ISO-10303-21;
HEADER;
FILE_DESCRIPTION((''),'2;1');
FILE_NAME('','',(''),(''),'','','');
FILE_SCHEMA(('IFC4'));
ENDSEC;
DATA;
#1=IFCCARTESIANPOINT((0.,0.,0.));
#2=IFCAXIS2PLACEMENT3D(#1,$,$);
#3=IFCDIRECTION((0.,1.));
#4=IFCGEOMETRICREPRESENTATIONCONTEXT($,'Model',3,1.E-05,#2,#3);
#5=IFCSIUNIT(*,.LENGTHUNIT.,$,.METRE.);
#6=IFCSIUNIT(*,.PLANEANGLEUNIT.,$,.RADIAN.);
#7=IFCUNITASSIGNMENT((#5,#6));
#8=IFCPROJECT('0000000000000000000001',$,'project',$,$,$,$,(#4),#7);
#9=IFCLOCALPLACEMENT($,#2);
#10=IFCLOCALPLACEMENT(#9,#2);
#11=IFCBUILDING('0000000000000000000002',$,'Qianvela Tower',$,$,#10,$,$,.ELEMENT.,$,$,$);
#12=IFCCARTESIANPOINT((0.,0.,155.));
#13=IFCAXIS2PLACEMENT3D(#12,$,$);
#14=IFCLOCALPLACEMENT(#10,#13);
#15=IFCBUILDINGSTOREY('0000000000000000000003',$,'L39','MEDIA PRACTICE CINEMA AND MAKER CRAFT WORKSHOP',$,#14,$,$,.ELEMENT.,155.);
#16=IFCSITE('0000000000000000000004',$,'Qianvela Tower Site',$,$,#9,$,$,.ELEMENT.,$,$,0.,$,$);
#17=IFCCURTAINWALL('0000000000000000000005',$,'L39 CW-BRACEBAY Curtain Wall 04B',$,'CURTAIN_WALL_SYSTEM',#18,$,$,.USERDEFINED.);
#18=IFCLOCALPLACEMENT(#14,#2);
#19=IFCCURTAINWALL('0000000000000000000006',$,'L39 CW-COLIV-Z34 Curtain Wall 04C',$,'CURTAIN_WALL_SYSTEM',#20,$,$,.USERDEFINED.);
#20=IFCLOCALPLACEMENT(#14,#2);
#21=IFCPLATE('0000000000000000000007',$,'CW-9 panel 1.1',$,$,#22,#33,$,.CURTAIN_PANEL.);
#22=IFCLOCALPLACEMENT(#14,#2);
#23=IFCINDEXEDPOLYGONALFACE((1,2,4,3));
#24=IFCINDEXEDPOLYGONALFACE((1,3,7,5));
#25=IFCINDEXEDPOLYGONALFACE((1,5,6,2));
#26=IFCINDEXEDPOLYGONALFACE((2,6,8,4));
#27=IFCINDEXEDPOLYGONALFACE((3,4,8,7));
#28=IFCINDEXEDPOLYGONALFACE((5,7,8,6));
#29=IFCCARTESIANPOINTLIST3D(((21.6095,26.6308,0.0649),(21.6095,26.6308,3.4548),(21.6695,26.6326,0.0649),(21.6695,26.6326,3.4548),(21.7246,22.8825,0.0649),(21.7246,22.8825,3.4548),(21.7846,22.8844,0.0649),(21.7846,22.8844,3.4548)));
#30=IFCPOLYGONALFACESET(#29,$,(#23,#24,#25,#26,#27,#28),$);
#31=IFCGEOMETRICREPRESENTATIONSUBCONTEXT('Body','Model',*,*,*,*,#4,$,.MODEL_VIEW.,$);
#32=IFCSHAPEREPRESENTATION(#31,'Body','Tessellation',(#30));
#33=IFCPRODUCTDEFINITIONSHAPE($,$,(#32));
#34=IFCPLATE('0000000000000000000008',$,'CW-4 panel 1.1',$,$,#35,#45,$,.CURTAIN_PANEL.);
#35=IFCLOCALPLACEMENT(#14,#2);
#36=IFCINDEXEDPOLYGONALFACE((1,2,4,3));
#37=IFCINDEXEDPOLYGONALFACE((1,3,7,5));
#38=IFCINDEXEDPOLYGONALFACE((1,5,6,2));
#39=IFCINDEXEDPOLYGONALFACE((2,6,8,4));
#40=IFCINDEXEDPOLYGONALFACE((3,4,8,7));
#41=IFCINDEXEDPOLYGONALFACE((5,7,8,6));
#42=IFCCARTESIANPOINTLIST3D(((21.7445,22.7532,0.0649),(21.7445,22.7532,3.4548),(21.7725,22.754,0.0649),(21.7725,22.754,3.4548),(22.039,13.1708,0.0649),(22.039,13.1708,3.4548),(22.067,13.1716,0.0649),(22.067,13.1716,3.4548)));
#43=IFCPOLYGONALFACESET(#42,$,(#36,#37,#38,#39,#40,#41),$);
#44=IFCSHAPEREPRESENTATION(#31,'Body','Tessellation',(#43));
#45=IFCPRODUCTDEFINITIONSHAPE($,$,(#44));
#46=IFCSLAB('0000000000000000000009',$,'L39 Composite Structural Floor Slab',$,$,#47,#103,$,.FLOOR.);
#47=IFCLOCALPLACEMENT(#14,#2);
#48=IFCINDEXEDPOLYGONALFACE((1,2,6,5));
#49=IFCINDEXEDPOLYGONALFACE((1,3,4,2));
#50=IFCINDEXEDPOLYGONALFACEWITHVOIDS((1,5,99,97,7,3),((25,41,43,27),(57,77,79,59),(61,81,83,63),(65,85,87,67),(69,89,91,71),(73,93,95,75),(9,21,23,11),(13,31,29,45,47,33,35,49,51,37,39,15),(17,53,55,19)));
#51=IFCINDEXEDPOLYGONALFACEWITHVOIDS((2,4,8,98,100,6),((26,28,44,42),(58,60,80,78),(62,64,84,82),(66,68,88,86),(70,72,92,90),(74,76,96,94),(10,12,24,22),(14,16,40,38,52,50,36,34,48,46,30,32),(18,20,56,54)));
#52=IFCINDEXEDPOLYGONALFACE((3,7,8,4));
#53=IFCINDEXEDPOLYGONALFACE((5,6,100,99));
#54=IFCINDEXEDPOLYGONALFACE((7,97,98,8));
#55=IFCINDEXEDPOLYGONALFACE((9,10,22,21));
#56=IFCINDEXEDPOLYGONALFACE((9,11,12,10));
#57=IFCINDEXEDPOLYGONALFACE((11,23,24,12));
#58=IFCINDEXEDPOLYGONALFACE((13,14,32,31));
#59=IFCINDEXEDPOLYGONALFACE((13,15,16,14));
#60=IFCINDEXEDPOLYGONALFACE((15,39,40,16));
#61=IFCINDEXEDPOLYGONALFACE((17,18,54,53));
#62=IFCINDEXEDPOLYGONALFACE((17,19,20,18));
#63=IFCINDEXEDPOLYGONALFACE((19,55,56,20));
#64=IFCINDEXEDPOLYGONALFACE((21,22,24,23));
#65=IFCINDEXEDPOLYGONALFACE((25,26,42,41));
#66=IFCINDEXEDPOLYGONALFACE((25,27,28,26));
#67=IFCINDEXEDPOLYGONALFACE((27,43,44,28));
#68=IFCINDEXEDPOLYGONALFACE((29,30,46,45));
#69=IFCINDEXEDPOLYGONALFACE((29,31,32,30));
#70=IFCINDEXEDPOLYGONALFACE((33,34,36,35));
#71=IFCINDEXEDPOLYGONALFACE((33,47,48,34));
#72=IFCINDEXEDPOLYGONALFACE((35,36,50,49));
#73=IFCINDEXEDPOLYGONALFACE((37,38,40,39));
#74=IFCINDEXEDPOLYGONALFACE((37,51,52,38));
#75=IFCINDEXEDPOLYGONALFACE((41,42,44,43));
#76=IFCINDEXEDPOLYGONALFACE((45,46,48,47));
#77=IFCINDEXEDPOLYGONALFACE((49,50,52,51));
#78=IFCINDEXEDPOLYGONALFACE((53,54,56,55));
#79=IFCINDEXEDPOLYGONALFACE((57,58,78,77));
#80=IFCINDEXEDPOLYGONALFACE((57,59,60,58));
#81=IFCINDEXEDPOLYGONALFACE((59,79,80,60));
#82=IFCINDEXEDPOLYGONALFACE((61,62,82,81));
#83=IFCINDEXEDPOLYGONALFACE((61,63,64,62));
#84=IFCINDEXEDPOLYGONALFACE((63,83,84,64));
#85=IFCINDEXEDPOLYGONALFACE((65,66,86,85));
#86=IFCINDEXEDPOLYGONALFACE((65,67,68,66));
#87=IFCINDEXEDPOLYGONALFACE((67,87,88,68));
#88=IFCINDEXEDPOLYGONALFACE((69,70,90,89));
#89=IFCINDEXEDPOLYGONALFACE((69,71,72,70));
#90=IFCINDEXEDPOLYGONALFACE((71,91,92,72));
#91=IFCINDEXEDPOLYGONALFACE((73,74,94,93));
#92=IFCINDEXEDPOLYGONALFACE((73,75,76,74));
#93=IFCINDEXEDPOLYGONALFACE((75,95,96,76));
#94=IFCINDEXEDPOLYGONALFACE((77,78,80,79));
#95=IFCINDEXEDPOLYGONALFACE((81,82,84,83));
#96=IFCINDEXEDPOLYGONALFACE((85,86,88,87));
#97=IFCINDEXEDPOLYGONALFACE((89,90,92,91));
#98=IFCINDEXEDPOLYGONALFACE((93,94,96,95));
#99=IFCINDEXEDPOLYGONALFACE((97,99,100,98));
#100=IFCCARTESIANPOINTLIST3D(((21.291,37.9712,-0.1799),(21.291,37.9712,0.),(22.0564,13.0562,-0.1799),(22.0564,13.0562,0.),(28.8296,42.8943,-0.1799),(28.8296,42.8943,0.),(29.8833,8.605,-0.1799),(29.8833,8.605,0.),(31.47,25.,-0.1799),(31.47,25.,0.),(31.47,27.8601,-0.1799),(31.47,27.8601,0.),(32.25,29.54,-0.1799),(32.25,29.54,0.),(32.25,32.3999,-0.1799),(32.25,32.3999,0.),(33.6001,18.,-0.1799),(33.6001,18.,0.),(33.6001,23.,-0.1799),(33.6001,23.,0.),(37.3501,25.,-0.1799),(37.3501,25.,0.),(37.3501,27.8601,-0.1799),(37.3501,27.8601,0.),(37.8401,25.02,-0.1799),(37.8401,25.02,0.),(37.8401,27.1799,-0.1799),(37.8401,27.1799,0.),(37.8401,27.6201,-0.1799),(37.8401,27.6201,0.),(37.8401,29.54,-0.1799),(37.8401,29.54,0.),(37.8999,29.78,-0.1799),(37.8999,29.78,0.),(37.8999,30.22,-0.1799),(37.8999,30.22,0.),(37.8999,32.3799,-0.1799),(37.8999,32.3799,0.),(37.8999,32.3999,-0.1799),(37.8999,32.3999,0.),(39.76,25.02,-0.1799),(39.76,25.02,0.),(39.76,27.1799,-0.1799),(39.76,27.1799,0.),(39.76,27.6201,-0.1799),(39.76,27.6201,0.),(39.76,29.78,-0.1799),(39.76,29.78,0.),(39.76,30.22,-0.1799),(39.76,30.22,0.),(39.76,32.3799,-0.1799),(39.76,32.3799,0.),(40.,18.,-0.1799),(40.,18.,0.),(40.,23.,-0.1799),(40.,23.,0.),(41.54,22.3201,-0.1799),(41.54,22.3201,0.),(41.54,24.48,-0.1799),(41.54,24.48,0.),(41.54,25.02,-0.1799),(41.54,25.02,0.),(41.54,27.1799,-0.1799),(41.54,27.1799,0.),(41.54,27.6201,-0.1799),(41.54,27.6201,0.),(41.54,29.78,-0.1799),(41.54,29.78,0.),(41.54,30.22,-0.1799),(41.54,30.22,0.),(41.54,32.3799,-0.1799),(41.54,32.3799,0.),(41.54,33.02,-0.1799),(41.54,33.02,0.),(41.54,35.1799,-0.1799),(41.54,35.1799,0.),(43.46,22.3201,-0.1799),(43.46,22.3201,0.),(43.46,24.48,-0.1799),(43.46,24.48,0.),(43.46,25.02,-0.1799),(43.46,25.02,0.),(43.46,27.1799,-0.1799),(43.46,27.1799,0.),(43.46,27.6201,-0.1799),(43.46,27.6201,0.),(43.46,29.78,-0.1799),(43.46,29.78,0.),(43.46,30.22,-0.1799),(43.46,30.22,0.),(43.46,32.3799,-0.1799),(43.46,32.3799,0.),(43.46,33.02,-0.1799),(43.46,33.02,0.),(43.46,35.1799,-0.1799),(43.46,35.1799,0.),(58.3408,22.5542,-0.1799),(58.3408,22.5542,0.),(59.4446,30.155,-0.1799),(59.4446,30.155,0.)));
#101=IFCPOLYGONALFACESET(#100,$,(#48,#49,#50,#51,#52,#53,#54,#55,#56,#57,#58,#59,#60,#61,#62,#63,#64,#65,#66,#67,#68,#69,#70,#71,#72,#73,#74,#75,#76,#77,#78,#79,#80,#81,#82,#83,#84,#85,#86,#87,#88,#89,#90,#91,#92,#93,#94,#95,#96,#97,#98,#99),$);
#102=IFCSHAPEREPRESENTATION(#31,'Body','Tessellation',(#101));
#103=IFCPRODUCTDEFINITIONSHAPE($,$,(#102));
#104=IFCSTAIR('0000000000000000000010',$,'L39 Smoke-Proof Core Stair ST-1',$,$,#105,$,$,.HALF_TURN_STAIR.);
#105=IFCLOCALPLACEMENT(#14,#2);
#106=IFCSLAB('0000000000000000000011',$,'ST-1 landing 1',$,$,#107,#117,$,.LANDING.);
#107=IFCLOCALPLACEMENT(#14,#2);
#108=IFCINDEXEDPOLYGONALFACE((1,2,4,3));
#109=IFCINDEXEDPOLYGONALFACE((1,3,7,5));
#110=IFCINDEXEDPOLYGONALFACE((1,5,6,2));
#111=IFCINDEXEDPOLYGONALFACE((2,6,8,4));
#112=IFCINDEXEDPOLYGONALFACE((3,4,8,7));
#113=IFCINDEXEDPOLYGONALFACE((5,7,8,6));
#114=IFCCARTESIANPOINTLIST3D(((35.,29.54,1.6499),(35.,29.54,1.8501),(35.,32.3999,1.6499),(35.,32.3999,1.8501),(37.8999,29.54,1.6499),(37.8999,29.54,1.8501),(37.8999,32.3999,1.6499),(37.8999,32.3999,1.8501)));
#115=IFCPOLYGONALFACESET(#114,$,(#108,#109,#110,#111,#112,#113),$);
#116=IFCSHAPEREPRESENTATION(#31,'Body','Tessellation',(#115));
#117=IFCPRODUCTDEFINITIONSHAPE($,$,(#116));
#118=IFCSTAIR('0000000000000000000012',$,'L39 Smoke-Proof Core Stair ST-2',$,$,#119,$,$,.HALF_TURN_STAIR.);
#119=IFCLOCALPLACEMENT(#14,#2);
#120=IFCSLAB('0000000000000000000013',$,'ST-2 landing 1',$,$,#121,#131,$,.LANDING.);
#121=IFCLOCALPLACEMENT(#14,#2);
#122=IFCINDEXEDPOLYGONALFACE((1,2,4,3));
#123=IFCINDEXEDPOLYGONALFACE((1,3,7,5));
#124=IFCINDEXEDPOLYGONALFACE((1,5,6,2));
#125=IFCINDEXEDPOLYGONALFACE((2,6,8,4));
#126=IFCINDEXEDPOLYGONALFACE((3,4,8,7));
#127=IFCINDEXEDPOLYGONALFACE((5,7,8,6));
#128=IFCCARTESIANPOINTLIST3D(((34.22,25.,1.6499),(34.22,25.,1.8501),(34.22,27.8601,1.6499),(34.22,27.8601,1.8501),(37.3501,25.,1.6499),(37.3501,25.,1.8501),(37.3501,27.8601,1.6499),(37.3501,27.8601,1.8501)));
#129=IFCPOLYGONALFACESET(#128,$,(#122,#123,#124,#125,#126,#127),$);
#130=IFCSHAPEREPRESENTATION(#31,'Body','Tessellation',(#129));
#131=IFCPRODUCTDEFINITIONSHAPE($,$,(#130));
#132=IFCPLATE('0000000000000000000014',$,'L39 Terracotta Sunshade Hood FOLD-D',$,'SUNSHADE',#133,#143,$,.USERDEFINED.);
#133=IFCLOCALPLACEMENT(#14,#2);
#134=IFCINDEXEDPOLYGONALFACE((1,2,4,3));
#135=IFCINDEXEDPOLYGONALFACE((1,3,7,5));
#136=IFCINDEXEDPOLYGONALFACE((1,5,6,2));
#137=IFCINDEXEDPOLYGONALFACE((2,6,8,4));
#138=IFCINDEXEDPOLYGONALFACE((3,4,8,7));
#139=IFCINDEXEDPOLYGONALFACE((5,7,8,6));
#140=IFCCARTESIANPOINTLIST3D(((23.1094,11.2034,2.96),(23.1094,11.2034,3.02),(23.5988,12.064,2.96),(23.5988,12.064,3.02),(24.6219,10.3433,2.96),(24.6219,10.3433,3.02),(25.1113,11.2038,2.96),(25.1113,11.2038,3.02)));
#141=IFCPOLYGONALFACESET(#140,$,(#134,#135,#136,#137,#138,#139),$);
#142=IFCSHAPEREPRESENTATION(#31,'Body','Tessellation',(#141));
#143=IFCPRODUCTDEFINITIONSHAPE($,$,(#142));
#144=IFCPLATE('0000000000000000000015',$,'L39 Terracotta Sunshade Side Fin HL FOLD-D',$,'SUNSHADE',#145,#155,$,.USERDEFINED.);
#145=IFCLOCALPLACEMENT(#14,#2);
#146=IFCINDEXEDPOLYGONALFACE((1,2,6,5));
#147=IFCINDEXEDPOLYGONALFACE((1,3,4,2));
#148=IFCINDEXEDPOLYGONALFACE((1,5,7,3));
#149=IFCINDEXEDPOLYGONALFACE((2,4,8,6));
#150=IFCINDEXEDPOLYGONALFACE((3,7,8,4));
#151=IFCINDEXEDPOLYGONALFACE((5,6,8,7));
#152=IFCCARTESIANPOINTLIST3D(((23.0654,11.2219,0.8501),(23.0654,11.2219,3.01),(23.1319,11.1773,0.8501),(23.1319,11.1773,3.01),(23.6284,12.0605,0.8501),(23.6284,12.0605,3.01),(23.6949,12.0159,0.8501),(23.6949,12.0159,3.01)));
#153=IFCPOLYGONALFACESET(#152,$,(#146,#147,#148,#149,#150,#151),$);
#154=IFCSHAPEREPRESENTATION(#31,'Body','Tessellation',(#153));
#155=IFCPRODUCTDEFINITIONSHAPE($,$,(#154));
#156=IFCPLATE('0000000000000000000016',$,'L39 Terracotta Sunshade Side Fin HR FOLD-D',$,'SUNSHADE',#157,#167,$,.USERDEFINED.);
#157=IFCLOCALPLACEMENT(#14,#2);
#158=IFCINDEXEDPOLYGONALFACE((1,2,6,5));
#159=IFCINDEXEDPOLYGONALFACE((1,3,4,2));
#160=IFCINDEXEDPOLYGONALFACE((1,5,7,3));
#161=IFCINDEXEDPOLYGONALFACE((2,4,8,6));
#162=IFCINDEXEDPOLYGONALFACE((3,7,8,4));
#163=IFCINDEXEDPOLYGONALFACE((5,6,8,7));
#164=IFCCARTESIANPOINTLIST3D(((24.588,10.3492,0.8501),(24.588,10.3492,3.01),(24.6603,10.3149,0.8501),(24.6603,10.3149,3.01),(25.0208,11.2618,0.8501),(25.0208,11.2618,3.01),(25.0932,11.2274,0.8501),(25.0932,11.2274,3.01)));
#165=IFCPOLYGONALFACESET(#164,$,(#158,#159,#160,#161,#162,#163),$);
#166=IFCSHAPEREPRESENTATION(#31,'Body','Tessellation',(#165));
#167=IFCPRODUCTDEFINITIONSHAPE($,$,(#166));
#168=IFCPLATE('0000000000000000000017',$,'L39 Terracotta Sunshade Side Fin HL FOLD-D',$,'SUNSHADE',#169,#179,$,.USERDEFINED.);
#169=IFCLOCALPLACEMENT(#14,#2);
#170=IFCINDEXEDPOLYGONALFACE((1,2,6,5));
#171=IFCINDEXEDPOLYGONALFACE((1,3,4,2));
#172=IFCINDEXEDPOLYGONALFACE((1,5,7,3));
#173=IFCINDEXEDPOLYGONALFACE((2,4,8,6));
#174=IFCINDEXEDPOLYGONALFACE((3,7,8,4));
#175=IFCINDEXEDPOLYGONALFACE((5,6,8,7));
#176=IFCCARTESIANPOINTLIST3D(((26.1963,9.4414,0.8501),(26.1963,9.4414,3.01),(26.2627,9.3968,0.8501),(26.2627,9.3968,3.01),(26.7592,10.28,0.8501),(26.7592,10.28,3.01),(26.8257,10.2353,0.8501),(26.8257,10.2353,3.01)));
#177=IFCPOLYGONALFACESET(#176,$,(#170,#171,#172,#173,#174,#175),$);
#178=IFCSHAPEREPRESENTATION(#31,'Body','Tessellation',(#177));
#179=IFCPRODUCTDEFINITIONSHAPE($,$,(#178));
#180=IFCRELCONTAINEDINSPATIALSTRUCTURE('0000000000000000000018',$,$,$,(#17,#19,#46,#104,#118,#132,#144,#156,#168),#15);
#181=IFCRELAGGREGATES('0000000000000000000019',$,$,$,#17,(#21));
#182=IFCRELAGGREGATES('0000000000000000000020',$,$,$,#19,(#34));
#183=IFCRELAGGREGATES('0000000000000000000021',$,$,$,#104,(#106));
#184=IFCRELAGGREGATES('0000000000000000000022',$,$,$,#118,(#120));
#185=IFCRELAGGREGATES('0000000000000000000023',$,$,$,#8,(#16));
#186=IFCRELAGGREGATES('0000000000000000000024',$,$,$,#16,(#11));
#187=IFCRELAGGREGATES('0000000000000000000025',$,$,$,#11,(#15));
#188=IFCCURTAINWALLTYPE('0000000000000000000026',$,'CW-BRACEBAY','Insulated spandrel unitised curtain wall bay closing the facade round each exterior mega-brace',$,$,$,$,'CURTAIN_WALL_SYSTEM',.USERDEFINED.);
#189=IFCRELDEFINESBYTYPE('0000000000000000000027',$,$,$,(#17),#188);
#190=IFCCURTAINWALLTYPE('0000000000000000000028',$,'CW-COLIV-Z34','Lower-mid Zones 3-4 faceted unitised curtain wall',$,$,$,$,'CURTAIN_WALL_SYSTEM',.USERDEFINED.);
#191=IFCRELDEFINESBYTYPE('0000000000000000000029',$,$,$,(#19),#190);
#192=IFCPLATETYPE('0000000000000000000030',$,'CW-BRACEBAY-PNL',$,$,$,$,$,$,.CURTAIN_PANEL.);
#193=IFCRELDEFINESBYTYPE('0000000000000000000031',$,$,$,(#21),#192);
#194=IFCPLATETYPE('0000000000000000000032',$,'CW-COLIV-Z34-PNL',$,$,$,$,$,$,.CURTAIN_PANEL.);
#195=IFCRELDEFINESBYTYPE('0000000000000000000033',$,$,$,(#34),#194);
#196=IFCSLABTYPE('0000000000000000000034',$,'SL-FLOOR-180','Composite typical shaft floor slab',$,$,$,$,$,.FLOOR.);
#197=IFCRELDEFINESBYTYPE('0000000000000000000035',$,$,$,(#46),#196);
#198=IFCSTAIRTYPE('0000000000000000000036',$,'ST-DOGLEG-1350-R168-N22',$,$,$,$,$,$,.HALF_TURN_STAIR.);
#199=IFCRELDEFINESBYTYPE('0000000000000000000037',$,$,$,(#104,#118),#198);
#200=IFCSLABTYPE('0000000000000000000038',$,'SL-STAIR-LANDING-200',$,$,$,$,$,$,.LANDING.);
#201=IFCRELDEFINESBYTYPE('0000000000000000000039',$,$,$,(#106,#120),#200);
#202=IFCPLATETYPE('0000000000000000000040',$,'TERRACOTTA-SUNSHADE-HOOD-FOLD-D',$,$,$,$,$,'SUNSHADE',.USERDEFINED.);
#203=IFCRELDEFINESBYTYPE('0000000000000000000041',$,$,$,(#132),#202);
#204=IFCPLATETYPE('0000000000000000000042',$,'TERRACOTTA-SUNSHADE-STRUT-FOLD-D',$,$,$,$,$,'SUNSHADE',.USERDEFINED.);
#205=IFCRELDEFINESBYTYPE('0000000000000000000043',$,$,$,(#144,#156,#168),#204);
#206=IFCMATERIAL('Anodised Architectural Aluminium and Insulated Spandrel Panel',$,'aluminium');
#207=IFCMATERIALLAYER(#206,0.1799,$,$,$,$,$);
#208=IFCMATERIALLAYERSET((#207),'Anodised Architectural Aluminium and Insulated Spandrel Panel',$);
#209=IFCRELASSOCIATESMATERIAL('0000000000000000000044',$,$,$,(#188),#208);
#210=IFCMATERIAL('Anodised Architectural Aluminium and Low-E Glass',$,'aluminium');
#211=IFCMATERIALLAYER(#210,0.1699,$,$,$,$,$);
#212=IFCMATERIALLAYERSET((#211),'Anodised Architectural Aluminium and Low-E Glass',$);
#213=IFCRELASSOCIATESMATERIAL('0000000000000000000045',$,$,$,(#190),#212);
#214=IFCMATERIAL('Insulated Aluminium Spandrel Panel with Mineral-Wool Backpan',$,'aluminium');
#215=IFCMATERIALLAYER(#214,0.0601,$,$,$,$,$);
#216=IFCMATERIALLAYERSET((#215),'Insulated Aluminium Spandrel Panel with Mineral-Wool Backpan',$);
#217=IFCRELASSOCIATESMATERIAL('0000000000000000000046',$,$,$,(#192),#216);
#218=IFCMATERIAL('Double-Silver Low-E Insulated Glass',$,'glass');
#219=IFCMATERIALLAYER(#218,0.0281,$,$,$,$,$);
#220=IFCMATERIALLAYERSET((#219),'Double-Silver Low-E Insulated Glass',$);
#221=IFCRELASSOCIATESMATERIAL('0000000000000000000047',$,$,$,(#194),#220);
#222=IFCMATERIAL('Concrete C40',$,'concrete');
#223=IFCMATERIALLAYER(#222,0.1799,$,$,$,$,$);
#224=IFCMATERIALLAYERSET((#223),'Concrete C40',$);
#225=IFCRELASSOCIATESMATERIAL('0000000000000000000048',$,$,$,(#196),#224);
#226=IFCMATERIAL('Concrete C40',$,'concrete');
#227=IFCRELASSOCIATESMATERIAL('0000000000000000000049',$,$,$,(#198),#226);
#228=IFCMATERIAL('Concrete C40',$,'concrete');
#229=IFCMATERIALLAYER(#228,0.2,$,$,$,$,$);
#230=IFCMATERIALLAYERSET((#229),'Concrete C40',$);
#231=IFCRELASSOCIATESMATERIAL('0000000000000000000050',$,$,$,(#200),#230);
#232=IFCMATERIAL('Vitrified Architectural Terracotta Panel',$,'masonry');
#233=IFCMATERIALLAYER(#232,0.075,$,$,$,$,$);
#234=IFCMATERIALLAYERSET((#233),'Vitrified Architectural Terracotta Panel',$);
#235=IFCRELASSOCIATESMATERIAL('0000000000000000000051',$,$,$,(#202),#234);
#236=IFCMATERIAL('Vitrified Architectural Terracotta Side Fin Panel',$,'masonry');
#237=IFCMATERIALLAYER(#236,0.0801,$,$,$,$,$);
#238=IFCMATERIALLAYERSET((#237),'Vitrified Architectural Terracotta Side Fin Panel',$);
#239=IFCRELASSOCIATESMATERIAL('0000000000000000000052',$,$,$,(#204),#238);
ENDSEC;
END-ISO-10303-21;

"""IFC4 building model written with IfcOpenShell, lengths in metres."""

from ifc_helpers import new_model, si_unit, direction, frame, origin, origin_2d, place, context, subcontext, project, spatial, polyline, rectangle, outline, extrude, material, layer, layer_set, type_object, element, aggregate, save


model = new_model("IFC4")

# Units and contexts
model_context = context("Model", 3, precision=1e-05, world=origin(), true_north=direction((0.0, 1.0)))
body_context = subcontext(model_context, "Body", "Model", "MODEL_VIEW")
ifc_project = project(units=[si_unit("LENGTHUNIT", "METRE"), si_unit("PLANEANGLEUNIT", "RADIAN")], contexts=[model_context])

# Site, building, storey
site_placement = place(None, origin())
site = spatial("IfcSite", under=ifc_project, at=site_placement, Name="Qianvela Tower Site", CompositionType="ELEMENT", RefElevation=0.0)
building_placement = place(site_placement, origin())
building = spatial("IfcBuilding", under=site, at=building_placement, Name="Qianvela Tower", CompositionType="ELEMENT")
storey_placement = place(building_placement, frame((0.0, 0.0, 155.0)))
storey = spatial("IfcBuildingStorey", under=building, at=storey_placement, Name="L39", Description="MEDIA PRACTICE CINEMA AND MAKER CRAFT WORKSHOP", CompositionType="ELEMENT", Elevation=155.0)

# Curtain wall
ifc_material_1 = material(Name="Anodised Architectural Aluminium and Insulated Spandrel Panel", Category="aluminium")
ifc_layer_1 = layer(ifc_material_1, 0.1799)
ifc_layer_set_1 = layer_set([ifc_layer_1], Name="Anodised Architectural Aluminium and Insulated Spandrel Panel")
curtain_wall_type_1 = type_object("IfcCurtainWallType", Name="CW-BRACEBAY", Description="Insulated spandrel unitised curtain wall bay closing the facade round each exterior mega-brace", ElementType="CURTAIN_WALL_SYSTEM", PredefinedType="USERDEFINED", material=ifc_layer_set_1)
curtain_wall_1_placement = place(storey_placement, origin())
curtain_wall_1 = element("IfcCurtainWall", 1, at=curtain_wall_1_placement, inside=storey, type_object=curtain_wall_type_1, Name="L39 CW-BRACEBAY Curtain Wall 04B", ObjectType="CURTAIN_WALL_SYSTEM", PredefinedType="USERDEFINED")

# Curtain wall
ifc_material_2 = material(Name="Anodised Architectural Aluminium and Low-E Glass", Category="aluminium")
ifc_layer_2 = layer(ifc_material_2, 0.1699)
ifc_layer_set_2 = layer_set([ifc_layer_2], Name="Anodised Architectural Aluminium and Low-E Glass")
curtain_wall_type_2 = type_object("IfcCurtainWallType", Name="CW-COLIV-Z34", Description="Lower-mid Zones 3-4 faceted unitised curtain wall", ElementType="CURTAIN_WALL_SYSTEM", PredefinedType="USERDEFINED", material=ifc_layer_set_2)
curtain_wall_2_placement = place(storey_placement, origin())
curtain_wall_2 = element("IfcCurtainWall", 2, at=curtain_wall_2_placement, inside=storey, type_object=curtain_wall_type_2, Name="L39 CW-COLIV-Z34 Curtain Wall 04C", ObjectType="CURTAIN_WALL_SYSTEM", PredefinedType="USERDEFINED")

# Plates
ifc_material_3 = material(Name="Insulated Aluminium Spandrel Panel with Mineral-Wool Backpan", Category="aluminium")
ifc_layer_3 = layer(ifc_material_3, 0.0601)
ifc_layer_set_3 = layer_set([ifc_layer_3], Name="Insulated Aluminium Spandrel Panel with Mineral-Wool Backpan")
plate_type_1 = type_object("IfcPlateType", Name="CW-BRACEBAY-PNL", PredefinedType="CURTAIN_PANEL", material=ifc_layer_set_3)
plate_1_placement = place(storey_placement, frame((21.697, 24.7576, 0.0649), z_axis=(0.0, 0.0, 1.0), x_axis=(0.030696, -0.999529, 0.0)))
plate_1 = element("IfcPlate", 3, at=plate_1_placement, type_object=plate_type_1, Name="CW-9 panel 1.1", PredefinedType="CURTAIN_PANEL", context=body_context, shape_type="SweptSolid", body=[
    extrude(rectangle(XDim=3.75, YDim=0.0601, at=origin_2d()), origin(), (0.0, 0.0, 1.0), 3.3899),
])
aggregate(curtain_wall_1, [plate_1])
ifc_material_4 = material(Name="Double-Silver Low-E Insulated Glass", Category="glass")
ifc_layer_4 = layer(ifc_material_4, 0.0281)
ifc_layer_set_4 = layer_set([ifc_layer_4], Name="Double-Silver Low-E Insulated Glass")
plate_type_2 = type_object("IfcPlateType", Name="CW-COLIV-Z34-PNL", PredefinedType="CURTAIN_PANEL", material=ifc_layer_set_4)
plate_2_placement = place(storey_placement, frame((21.9058, 17.9624, 0.0649), z_axis=(0.0, 0.0, 1.0), x_axis=(0.030719, -0.999528, 0.0)))
plate_2 = element("IfcPlate", 4, at=plate_2_placement, type_object=plate_type_2, Name="CW-4 panel 1.1", PredefinedType="CURTAIN_PANEL", context=body_context, shape_type="SweptSolid", body=[
    extrude(rectangle(XDim=9.5869, YDim=0.0281, at=origin_2d()), origin(), (0.0, 0.0, 1.0), 3.3899),
])
aggregate(curtain_wall_2, [plate_2])

# Slab
ifc_material_5 = material(Name="Concrete C40", Category="concrete")
ifc_layer_5 = layer(ifc_material_5, 0.1799)
ifc_layer_set_5 = layer_set([ifc_layer_5], Name="Concrete C40")
slab_type_1 = type_object("IfcSlabType", Name="SL-FLOOR-180", Description="Composite typical shaft floor slab", PredefinedType="FLOOR", material=ifc_layer_set_5)
slab_1_placement = place(storey_placement, frame((0.0, 0.0, -0.1799)))
element("IfcSlab", 5, at=slab_1_placement, inside=storey, type_object=slab_type_1, Name="L39 Composite Structural Floor Slab", PredefinedType="FLOOR", context=body_context, shape_type="SweptSolid", body=[
    extrude(outline(polyline([(58.3408, 22.5542), (59.4446, 30.155), (28.8296, 42.8943), (21.291, 37.9712), (22.0564, 13.0562), (29.8833, 8.605), (58.3408, 22.5542)]), holes=[polyline([(40.0, 23.0), (33.6001, 23.0), (33.6001, 18.0), (40.0, 18.0), (40.0, 23.0)]), polyline([(39.76, 27.1799), (37.8401, 27.1799), (37.8401, 25.02), (39.76, 25.02), (39.76, 27.1799)]), polyline([(37.3501, 27.8601), (31.47, 27.8601), (31.47, 25.0), (37.3501, 25.0), (37.3501, 27.8601)]), polyline([(37.8401, 27.6201), (39.76, 27.6201), (39.76, 29.78), (37.8999, 29.78), (37.8999, 30.22), (39.76, 30.22), (39.76, 32.3799), (37.8999, 32.3799), (37.8999, 32.3999), (32.25, 32.3999), (32.25, 29.54), (37.8401, 29.54), (37.8401, 27.6201)]), polyline([(43.46, 22.3201), (43.46, 24.48), (41.54, 24.48), (41.54, 22.3201), (43.46, 22.3201)]), polyline([(43.46, 25.02), (43.46, 27.1799), (41.54, 27.1799), (41.54, 25.02), (43.46, 25.02)]), polyline([(43.46, 29.78), (41.54, 29.78), (41.54, 27.6201), (43.46, 27.6201), (43.46, 29.78)]), polyline([(43.46, 30.22), (43.46, 32.3799), (41.54, 32.3799), (41.54, 30.22), (43.46, 30.22)]), polyline([(43.46, 33.02), (43.46, 35.1799), (41.54, 35.1799), (41.54, 33.02), (43.46, 33.02)])]), origin(), (0.0, 0.0, 1.0), 0.1799),
])

# Stairs, slabs
ifc_material_6 = material(Name="Concrete C40", Category="concrete")
stair_type = type_object("IfcStairType", Name="ST-DOGLEG-1350-R168-N22", PredefinedType="HALF_TURN_STAIR", material=ifc_material_6)
stair_1_placement = place(storey_placement, origin())
stair_1 = element("IfcStair", 6, at=stair_1_placement, inside=storey, type_object=stair_type, Name="L39 Smoke-Proof Core Stair ST-1", PredefinedType="HALF_TURN_STAIR")
ifc_material_7 = material(Name="Concrete C40", Category="concrete")
ifc_layer_6 = layer(ifc_material_7, 0.2)
ifc_layer_set_6 = layer_set([ifc_layer_6], Name="Concrete C40")
slab_type_2 = type_object("IfcSlabType", Name="SL-STAIR-LANDING-200", PredefinedType="LANDING", material=ifc_layer_set_6)
slab_2_placement = place(storey_placement, frame((0.0, 0.0, 1.6499)))
slab_2 = element("IfcSlab", 7, at=slab_2_placement, type_object=slab_type_2, Name="ST-1 landing 1", PredefinedType="LANDING", context=body_context, shape_type="SweptSolid", body=[
    extrude(outline(polyline([(35.0, 29.54), (37.8999, 29.54), (37.8999, 32.3999), (35.0, 32.3999), (35.0, 29.54)])), origin(), (0.0, 0.0, 1.0), 0.2002),
])
aggregate(stair_1, [slab_2])
stair_2_placement = place(storey_placement, origin())
stair_2 = element("IfcStair", 8, at=stair_2_placement, inside=storey, type_object=stair_type, Name="L39 Smoke-Proof Core Stair ST-2", PredefinedType="HALF_TURN_STAIR")
slab_3_placement = place(storey_placement, frame((0.0, 0.0, 1.6499)))
slab_3 = element("IfcSlab", 9, at=slab_3_placement, type_object=slab_type_2, Name="ST-2 landing 1", PredefinedType="LANDING", context=body_context, shape_type="SweptSolid", body=[
    extrude(outline(polyline([(34.22, 25.0), (37.3501, 25.0), (37.3501, 27.8601), (34.22, 27.8601), (34.22, 25.0)])), origin(), (0.0, 0.0, 1.0), 0.2002),
])
aggregate(stair_2, [slab_3])

# Plates
ifc_material_8 = material(Name="Vitrified Architectural Terracotta Panel", Category="masonry")
ifc_layer_7 = layer(ifc_material_8, 0.075)
ifc_layer_set_7 = layer_set([ifc_layer_7], Name="Vitrified Architectural Terracotta Panel")
plate_type_3 = type_object("IfcPlateType", Name="TERRACOTTA-SUNSHADE-HOOD-FOLD-D", ElementType="SUNSHADE", PredefinedType="USERDEFINED", material=ifc_layer_set_7)
plate_3_placement = place(storey_placement, frame((24.1104, 11.2036, 2.96), z_axis=(0.0, 0.0, 1.0), x_axis=(0.869268, -0.494341, 0.0)))
element("IfcPlate", 10, at=plate_3_placement, inside=storey, type_object=plate_type_3, Name="L39 Terracotta Sunshade Hood FOLD-D", ObjectType="SUNSHADE", PredefinedType="USERDEFINED", context=body_context, shape_type="SweptSolid", body=[
    extrude(rectangle(XDim=1.74, YDim=0.99, at=origin_2d()), origin(), (0.0, 0.0, 1.0), 0.0601),
])
ifc_material_9 = material(Name="Vitrified Architectural Terracotta Side Fin Panel", Category="masonry")
ifc_layer_8 = layer(ifc_material_9, 0.0801)
ifc_layer_set_8 = layer_set([ifc_layer_8], Name="Vitrified Architectural Terracotta Side Fin Panel")
plate_type_4 = type_object("IfcPlateType", Name="TERRACOTTA-SUNSHADE-STRUT-FOLD-D", ElementType="SUNSHADE", PredefinedType="USERDEFINED", material=ifc_layer_set_8)
for number, where, z_axis, x_axis, name in (
    (11, (23.3801, 11.6189, 0.8501), (0.0, 0.0, 1.0), (0.830243, -0.557402, 0.0), "L39 Terracotta Sunshade Side Fin HL FOLD-D"),
    (12, (24.8406, 10.7883, 0.8501), (0.0, 0.0, 1.0), (0.903513, -0.428561, 0.0), "L39 Terracotta Sunshade Side Fin HR FOLD-D"),
    (13, (26.511, 9.8384, 0.8501), (0.0, 0.0, 1.0), (0.830243, -0.557402, 0.0), "L39 Terracotta Sunshade Side Fin HL FOLD-D"),
):
    element("IfcPlate", number, at=place(storey_placement, frame(where, z_axis=z_axis, x_axis=x_axis)), inside=storey, type_object=plate_type_4, Name=name, ObjectType="SUNSHADE", PredefinedType="USERDEFINED", context=body_context, shape_type="SweptSolid", body=[
        extrude(rectangle(XDim=0.0801, YDim=1.01, at=origin_2d()), origin(), (0.0, 0.0, 1.0), 2.1599),
    ])

save(model, "model.ifc")
